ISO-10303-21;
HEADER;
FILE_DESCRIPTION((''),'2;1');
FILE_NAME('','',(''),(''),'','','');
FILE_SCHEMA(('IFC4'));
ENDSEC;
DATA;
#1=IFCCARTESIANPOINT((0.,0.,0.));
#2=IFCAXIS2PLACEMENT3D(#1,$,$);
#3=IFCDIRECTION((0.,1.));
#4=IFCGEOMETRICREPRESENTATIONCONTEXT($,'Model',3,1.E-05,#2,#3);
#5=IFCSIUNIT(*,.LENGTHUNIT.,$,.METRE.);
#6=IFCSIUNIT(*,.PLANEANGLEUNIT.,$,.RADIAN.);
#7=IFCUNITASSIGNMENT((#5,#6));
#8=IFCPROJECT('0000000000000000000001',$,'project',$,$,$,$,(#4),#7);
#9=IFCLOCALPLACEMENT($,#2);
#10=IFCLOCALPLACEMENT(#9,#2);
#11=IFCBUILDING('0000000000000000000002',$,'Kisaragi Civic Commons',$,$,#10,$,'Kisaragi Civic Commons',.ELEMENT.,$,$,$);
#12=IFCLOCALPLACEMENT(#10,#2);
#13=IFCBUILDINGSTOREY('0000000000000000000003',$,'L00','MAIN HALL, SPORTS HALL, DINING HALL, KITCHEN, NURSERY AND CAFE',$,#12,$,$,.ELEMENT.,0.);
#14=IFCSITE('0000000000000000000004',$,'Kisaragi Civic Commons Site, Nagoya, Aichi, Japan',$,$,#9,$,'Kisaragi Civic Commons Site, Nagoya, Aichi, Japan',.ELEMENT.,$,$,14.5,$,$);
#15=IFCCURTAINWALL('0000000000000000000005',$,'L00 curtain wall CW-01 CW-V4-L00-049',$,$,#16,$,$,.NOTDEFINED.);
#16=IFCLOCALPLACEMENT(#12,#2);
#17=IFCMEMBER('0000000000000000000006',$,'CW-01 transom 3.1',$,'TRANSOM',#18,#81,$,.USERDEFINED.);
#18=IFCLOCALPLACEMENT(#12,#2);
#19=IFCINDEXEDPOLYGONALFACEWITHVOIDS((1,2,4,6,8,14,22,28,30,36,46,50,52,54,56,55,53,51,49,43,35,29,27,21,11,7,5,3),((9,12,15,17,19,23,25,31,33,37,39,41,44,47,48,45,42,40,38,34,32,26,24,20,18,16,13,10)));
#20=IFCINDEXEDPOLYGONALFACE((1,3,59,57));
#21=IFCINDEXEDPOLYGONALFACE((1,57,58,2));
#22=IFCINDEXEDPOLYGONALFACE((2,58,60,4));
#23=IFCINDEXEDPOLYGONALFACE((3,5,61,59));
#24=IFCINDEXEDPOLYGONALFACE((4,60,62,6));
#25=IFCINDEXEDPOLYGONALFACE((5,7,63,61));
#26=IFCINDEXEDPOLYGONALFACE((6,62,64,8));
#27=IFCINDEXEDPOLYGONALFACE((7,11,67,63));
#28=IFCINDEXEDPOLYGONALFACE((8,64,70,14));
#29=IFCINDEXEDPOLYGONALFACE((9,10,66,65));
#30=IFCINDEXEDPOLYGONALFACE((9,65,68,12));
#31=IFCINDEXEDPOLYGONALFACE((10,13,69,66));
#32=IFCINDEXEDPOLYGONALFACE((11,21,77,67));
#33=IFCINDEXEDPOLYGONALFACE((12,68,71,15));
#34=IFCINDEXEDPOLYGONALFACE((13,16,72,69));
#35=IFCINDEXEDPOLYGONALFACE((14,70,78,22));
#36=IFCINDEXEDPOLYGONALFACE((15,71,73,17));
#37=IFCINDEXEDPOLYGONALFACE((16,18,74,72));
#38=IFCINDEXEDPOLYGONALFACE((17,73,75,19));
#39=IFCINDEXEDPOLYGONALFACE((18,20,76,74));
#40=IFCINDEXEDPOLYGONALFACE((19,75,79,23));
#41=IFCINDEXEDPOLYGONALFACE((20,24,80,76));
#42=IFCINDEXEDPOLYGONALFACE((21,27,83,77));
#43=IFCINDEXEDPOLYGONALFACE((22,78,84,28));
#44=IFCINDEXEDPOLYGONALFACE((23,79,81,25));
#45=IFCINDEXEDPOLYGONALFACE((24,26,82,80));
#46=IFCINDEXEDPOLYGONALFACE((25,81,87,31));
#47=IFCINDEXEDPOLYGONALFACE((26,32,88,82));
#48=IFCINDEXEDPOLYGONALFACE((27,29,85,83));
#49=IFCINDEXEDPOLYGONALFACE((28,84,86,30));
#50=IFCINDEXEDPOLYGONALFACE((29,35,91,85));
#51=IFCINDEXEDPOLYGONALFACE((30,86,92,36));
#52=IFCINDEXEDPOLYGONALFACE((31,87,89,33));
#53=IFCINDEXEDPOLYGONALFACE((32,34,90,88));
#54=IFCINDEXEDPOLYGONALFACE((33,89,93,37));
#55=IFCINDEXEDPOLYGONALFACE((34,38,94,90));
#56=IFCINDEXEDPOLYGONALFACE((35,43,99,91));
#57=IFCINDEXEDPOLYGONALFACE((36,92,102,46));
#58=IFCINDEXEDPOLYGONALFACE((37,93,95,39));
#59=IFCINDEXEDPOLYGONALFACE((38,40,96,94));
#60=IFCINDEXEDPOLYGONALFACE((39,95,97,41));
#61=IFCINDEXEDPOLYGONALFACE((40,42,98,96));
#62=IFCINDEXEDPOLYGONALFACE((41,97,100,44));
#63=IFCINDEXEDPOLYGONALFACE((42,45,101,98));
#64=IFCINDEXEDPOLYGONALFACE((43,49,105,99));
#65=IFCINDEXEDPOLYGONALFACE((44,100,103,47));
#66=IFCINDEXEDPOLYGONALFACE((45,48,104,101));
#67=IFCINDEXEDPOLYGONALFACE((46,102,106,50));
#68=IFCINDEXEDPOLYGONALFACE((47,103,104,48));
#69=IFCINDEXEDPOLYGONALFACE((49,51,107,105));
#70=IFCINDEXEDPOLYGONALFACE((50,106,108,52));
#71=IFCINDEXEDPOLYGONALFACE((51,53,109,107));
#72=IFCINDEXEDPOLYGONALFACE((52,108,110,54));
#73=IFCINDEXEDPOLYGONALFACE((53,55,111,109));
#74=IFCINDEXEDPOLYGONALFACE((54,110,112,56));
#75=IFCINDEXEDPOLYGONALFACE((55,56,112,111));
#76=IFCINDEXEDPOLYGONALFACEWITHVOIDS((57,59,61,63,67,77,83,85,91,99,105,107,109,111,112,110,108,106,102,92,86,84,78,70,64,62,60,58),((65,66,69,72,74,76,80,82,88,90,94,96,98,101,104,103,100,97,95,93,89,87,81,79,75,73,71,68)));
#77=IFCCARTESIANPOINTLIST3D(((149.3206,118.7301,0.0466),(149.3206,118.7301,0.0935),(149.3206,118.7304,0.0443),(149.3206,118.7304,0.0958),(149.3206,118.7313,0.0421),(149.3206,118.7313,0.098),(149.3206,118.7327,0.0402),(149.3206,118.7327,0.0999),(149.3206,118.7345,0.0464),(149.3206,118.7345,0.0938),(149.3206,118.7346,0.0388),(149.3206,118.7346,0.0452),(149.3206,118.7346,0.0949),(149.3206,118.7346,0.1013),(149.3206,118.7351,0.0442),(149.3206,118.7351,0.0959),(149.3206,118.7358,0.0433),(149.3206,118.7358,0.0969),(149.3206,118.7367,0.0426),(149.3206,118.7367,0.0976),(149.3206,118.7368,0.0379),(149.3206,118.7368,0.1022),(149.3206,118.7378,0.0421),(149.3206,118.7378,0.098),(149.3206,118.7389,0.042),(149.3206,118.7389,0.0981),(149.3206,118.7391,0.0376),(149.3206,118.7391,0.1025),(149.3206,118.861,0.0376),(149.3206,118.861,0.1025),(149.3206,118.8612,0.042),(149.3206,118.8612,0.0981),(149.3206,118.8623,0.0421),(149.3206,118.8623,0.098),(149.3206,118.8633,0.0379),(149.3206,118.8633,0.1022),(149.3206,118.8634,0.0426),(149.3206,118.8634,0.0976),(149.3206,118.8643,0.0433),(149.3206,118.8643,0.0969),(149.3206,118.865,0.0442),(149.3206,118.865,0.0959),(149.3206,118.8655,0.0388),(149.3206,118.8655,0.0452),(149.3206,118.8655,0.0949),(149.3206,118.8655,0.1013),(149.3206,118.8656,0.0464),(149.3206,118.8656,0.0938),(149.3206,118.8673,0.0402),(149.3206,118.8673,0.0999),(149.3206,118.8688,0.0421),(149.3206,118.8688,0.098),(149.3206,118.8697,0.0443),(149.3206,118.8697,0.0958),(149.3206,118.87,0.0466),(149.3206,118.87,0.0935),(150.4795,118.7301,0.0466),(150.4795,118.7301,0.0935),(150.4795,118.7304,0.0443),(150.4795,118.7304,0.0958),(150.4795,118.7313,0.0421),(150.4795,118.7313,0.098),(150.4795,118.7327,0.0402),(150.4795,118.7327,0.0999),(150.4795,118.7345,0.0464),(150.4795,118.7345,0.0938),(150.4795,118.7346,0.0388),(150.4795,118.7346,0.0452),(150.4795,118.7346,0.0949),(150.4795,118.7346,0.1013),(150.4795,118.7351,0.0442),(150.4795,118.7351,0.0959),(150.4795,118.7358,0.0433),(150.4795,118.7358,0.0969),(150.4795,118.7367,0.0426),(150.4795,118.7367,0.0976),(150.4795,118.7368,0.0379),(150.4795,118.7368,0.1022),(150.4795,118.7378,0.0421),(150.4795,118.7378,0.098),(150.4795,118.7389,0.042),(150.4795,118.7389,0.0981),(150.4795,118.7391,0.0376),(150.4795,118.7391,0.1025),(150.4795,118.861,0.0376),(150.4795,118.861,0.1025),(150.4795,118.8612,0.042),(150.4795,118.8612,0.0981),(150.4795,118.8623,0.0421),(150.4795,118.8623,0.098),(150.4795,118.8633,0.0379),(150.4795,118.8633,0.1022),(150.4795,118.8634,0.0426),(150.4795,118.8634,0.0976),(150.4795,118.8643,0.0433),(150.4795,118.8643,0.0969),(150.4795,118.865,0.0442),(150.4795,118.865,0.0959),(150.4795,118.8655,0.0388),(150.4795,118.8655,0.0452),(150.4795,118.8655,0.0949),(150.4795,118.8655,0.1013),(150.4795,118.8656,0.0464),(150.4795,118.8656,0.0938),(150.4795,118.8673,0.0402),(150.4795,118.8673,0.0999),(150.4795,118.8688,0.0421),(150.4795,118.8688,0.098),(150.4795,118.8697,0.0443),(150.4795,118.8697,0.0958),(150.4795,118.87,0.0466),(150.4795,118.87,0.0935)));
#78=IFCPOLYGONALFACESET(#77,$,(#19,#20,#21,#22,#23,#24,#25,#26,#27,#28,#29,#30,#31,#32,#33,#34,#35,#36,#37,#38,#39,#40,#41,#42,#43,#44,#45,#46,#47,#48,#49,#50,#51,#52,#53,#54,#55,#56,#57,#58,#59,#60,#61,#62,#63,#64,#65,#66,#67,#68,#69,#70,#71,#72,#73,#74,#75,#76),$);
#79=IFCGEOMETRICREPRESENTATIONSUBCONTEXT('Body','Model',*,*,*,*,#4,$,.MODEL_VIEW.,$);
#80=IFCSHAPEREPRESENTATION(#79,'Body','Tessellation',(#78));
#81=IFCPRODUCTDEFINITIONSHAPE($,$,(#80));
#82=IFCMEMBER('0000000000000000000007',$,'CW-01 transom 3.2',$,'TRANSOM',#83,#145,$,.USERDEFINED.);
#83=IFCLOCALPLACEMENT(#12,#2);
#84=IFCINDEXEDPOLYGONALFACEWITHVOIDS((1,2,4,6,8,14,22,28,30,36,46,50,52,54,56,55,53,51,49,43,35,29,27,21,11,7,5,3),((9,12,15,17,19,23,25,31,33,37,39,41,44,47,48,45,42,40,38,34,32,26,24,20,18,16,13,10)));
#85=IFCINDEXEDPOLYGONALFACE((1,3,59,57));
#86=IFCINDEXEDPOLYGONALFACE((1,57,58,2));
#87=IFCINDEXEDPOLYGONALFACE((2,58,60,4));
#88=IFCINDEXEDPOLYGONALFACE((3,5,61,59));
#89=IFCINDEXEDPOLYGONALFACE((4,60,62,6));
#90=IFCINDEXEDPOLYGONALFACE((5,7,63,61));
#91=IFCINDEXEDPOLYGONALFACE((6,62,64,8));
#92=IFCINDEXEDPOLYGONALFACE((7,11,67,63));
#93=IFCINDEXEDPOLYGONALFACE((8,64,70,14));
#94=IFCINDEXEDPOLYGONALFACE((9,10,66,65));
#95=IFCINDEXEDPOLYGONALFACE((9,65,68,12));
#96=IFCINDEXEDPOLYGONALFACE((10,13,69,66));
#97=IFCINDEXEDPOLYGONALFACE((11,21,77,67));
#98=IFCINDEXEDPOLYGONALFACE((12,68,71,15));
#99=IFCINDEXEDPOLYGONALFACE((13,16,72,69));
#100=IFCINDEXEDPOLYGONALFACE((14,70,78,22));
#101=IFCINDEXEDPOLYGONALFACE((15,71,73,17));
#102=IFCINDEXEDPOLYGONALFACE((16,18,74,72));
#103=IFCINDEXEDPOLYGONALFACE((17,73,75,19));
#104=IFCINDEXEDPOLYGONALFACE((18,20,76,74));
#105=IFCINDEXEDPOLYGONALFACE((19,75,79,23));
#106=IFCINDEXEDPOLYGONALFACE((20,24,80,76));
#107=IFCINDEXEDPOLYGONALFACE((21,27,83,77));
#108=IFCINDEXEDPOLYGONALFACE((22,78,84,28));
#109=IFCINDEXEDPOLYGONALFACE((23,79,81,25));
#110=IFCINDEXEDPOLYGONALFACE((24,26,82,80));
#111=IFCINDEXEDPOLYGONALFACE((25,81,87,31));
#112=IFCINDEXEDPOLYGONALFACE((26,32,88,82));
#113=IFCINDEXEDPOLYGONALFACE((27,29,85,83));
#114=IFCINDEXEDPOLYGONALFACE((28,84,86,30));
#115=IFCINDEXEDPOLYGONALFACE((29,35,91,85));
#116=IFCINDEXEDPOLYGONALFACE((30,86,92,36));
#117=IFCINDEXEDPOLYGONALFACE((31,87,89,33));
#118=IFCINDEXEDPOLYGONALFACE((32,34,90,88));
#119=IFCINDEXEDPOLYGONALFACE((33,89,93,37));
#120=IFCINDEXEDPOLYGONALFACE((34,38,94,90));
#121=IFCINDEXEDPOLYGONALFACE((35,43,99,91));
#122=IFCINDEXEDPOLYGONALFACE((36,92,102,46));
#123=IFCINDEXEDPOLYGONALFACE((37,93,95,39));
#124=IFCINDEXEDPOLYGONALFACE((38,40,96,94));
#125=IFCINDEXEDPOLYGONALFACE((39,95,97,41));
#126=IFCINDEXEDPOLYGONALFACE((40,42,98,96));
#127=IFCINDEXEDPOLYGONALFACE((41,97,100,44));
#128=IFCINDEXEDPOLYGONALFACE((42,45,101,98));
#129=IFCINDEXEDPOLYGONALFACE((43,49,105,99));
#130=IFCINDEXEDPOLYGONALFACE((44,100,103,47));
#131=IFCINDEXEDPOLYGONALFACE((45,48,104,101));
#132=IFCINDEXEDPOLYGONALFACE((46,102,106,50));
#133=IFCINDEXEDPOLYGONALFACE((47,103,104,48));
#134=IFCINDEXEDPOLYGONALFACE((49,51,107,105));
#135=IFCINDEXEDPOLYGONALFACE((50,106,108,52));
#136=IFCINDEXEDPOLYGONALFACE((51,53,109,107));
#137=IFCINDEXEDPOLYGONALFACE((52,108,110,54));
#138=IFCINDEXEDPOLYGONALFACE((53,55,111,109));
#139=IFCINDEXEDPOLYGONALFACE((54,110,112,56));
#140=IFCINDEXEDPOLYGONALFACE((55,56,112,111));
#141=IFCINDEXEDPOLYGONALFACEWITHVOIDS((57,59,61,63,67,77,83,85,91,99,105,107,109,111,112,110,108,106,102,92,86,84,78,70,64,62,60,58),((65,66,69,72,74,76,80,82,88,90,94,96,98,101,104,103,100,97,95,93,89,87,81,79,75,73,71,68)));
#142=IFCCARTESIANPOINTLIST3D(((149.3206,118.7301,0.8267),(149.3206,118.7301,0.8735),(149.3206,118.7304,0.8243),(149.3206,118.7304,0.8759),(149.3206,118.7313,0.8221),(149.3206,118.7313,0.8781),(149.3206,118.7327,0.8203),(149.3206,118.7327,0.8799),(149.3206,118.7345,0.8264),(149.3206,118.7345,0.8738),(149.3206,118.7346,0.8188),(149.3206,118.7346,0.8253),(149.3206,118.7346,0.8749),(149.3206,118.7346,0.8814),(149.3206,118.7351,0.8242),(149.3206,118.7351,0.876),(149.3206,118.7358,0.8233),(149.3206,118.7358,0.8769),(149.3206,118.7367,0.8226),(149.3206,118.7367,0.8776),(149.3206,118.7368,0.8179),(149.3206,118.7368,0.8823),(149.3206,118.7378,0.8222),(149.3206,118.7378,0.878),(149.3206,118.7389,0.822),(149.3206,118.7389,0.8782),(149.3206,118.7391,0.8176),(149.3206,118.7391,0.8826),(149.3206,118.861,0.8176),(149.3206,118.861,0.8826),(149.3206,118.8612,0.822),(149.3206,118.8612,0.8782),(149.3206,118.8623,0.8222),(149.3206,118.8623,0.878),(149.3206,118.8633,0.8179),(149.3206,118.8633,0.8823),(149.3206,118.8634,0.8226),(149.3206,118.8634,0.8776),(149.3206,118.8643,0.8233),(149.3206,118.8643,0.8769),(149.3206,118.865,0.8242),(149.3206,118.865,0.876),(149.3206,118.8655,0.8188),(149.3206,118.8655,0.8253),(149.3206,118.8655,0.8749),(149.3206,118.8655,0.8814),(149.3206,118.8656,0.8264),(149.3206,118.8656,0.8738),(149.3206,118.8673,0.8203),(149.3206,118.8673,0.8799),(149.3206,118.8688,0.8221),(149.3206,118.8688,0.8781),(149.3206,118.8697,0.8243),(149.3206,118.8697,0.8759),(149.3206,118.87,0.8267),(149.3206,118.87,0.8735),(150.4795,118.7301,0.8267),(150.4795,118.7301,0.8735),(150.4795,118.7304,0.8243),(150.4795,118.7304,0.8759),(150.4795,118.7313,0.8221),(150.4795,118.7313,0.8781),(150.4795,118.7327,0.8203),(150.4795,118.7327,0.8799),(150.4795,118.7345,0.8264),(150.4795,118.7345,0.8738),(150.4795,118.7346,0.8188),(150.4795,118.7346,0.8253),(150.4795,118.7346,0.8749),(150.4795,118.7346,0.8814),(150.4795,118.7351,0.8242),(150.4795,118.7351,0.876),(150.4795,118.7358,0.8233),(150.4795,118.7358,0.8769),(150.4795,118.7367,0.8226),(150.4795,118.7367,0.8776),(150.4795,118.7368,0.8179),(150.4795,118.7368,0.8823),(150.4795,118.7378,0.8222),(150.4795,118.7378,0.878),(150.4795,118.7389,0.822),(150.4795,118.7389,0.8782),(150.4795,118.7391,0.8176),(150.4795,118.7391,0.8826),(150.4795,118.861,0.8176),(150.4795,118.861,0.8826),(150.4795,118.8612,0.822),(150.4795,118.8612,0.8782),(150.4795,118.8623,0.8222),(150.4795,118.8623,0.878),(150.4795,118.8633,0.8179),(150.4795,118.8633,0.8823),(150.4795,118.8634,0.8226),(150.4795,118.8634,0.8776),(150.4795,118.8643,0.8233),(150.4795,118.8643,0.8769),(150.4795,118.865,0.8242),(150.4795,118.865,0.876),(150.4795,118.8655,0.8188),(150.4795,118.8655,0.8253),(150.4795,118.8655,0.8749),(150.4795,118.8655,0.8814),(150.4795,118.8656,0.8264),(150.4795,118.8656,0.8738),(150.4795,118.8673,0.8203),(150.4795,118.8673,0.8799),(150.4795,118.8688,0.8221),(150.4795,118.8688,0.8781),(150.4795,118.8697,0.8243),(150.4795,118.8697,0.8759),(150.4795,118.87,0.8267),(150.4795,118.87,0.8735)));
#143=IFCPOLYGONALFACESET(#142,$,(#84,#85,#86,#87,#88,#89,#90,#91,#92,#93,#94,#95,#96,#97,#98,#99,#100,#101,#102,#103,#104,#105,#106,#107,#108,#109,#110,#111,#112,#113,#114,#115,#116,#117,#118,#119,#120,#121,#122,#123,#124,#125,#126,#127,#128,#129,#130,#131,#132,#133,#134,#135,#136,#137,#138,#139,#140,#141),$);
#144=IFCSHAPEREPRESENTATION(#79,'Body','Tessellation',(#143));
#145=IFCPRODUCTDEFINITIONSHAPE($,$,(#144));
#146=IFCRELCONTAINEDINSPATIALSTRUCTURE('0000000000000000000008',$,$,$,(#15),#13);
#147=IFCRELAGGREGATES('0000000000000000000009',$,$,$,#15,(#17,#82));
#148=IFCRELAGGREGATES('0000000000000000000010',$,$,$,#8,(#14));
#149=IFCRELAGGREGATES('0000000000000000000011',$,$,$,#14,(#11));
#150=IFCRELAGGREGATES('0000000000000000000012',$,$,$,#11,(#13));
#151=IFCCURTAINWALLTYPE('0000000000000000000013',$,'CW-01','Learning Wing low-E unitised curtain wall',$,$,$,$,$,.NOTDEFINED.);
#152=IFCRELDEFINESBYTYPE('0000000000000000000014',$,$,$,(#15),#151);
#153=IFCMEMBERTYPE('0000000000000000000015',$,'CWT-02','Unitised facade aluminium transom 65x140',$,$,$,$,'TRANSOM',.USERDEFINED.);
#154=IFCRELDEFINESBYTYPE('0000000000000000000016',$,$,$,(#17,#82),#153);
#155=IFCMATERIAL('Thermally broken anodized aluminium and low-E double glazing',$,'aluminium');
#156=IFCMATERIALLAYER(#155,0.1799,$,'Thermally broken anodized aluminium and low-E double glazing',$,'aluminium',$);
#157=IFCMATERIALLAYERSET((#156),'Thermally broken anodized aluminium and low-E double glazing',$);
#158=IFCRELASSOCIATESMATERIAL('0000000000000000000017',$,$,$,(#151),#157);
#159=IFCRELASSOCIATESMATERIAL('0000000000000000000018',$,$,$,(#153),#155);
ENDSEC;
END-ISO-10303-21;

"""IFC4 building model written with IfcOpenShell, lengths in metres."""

from ifc_helpers import new_model, si_unit, direction, frame, origin, origin_2d, place, context, subcontext, project, spatial, hollow_rectangle, extrude, material, layer, layer_set, material_profile, profile_set, type_object, element, aggregate, save


model = new_model("IFC4")

# Units and contexts
model_context = context("Model", 3, precision=1e-05, world=origin(), true_north=direction((0.0, 1.0)))
body_context = subcontext(model_context, "Body", "Model", "MODEL_VIEW")
ifc_project = project(units=[si_unit("LENGTHUNIT", "METRE"), si_unit("PLANEANGLEUNIT", "RADIAN")], contexts=[model_context])

# Site, building, storey
site_placement = place(None, origin())
site = spatial("IfcSite", under=ifc_project, at=site_placement, Name="Kisaragi Civic Commons Site, Nagoya, Aichi, Japan", LongName="Kisaragi Civic Commons Site, Nagoya, Aichi, Japan", CompositionType="ELEMENT", RefElevation=14.5)
building_placement = place(site_placement, origin())
building = spatial("IfcBuilding", under=site, at=building_placement, Name="Kisaragi Civic Commons", LongName="Kisaragi Civic Commons", CompositionType="ELEMENT")
storey_placement = place(building_placement, origin())
storey = spatial("IfcBuildingStorey", under=building, at=storey_placement, Name="L00", Description="MAIN HALL, SPORTS HALL, DINING HALL, KITCHEN, NURSERY AND CAFE", CompositionType="ELEMENT", Elevation=0.0)

# Curtain wall, members
ifc_material_1 = material(Name="Thermally broken anodized aluminium and low-E double glazing", Category="aluminium")
ifc_layer_1 = layer(ifc_material_1, 0.1799, Name="Thermally broken anodized aluminium and low-E double glazing", Category="aluminium")
ifc_layer_set_1 = layer_set([ifc_layer_1], Name="Thermally broken anodized aluminium and low-E double glazing")
curtain_wall_type = type_object("IfcCurtainWallType", Name="CW-01", Description="Learning Wing low-E unitised curtain wall", PredefinedType="NOTDEFINED", material=ifc_layer_set_1)
curtain_wall_placement = place(storey_placement, origin())
curtain_wall = element("IfcCurtainWall", 1, at=curtain_wall_placement, inside=storey, type_object=curtain_wall_type, Name="L00 curtain wall CW-01 CW-V4-L00-049", PredefinedType="NOTDEFINED")
ifc_material_profile_1 = material_profile(ifc_material_1, hollow_rectangle(XDim=0.1399, YDim=0.0649, WallThickness=0.0044, InnerFilletRadius=0.0044, OuterFilletRadius=0.009, at=origin_2d()), Name="CWT-65x140x4.5", Category="aluminium")
ifc_profile_set_1 = profile_set([ifc_material_profile_1], Name="Thermally broken anodized aluminium and low-E double glazing")
member_type_1 = type_object("IfcMemberType", Name="CWT-02", Description="Unitised facade aluminium transom 65x140", ElementType="TRANSOM", PredefinedType="USERDEFINED", material=ifc_profile_set_1)
member_1_placement = place(storey_placement, frame((149.3206, 118.8, 0.0701), z_axis=(1.0, 0.0, 0.0), x_axis=(0.0, 1.0, 0.0)))
member_1 = element("IfcMember", 2, at=member_1_placement, type_object=member_type_1, Name="CW-01 transom 3.1", ObjectType="TRANSOM", PredefinedType="USERDEFINED", context=body_context, shape_type="SweptSolid", body=[
    extrude(hollow_rectangle(XDim=0.1399, YDim=0.0649, WallThickness=0.0044, InnerFilletRadius=0.0044, OuterFilletRadius=0.009, at=origin_2d()), origin(), (0.0, 0.0, 1.0), 1.1589),
])
member_2_placement = place(storey_placement, frame((149.3206, 118.8, 0.8501), z_axis=(1.0, 0.0, 0.0), x_axis=(0.0, 1.0, 0.0)))
member_2 = element("IfcMember", 3, at=member_2_placement, type_object=member_type_1, Name="CW-01 transom 3.2", ObjectType="TRANSOM", PredefinedType="USERDEFINED", context=body_context, shape_type="SweptSolid", body=[
    extrude(hollow_rectangle(XDim=0.1399, YDim=0.0649, WallThickness=0.0044, InnerFilletRadius=0.0044, OuterFilletRadius=0.009, at=origin_2d()), origin(), (0.0, 0.0, 1.0), 1.1589),
])
aggregate(curtain_wall, [member_1, member_2])

save(model, "model.ifc")
